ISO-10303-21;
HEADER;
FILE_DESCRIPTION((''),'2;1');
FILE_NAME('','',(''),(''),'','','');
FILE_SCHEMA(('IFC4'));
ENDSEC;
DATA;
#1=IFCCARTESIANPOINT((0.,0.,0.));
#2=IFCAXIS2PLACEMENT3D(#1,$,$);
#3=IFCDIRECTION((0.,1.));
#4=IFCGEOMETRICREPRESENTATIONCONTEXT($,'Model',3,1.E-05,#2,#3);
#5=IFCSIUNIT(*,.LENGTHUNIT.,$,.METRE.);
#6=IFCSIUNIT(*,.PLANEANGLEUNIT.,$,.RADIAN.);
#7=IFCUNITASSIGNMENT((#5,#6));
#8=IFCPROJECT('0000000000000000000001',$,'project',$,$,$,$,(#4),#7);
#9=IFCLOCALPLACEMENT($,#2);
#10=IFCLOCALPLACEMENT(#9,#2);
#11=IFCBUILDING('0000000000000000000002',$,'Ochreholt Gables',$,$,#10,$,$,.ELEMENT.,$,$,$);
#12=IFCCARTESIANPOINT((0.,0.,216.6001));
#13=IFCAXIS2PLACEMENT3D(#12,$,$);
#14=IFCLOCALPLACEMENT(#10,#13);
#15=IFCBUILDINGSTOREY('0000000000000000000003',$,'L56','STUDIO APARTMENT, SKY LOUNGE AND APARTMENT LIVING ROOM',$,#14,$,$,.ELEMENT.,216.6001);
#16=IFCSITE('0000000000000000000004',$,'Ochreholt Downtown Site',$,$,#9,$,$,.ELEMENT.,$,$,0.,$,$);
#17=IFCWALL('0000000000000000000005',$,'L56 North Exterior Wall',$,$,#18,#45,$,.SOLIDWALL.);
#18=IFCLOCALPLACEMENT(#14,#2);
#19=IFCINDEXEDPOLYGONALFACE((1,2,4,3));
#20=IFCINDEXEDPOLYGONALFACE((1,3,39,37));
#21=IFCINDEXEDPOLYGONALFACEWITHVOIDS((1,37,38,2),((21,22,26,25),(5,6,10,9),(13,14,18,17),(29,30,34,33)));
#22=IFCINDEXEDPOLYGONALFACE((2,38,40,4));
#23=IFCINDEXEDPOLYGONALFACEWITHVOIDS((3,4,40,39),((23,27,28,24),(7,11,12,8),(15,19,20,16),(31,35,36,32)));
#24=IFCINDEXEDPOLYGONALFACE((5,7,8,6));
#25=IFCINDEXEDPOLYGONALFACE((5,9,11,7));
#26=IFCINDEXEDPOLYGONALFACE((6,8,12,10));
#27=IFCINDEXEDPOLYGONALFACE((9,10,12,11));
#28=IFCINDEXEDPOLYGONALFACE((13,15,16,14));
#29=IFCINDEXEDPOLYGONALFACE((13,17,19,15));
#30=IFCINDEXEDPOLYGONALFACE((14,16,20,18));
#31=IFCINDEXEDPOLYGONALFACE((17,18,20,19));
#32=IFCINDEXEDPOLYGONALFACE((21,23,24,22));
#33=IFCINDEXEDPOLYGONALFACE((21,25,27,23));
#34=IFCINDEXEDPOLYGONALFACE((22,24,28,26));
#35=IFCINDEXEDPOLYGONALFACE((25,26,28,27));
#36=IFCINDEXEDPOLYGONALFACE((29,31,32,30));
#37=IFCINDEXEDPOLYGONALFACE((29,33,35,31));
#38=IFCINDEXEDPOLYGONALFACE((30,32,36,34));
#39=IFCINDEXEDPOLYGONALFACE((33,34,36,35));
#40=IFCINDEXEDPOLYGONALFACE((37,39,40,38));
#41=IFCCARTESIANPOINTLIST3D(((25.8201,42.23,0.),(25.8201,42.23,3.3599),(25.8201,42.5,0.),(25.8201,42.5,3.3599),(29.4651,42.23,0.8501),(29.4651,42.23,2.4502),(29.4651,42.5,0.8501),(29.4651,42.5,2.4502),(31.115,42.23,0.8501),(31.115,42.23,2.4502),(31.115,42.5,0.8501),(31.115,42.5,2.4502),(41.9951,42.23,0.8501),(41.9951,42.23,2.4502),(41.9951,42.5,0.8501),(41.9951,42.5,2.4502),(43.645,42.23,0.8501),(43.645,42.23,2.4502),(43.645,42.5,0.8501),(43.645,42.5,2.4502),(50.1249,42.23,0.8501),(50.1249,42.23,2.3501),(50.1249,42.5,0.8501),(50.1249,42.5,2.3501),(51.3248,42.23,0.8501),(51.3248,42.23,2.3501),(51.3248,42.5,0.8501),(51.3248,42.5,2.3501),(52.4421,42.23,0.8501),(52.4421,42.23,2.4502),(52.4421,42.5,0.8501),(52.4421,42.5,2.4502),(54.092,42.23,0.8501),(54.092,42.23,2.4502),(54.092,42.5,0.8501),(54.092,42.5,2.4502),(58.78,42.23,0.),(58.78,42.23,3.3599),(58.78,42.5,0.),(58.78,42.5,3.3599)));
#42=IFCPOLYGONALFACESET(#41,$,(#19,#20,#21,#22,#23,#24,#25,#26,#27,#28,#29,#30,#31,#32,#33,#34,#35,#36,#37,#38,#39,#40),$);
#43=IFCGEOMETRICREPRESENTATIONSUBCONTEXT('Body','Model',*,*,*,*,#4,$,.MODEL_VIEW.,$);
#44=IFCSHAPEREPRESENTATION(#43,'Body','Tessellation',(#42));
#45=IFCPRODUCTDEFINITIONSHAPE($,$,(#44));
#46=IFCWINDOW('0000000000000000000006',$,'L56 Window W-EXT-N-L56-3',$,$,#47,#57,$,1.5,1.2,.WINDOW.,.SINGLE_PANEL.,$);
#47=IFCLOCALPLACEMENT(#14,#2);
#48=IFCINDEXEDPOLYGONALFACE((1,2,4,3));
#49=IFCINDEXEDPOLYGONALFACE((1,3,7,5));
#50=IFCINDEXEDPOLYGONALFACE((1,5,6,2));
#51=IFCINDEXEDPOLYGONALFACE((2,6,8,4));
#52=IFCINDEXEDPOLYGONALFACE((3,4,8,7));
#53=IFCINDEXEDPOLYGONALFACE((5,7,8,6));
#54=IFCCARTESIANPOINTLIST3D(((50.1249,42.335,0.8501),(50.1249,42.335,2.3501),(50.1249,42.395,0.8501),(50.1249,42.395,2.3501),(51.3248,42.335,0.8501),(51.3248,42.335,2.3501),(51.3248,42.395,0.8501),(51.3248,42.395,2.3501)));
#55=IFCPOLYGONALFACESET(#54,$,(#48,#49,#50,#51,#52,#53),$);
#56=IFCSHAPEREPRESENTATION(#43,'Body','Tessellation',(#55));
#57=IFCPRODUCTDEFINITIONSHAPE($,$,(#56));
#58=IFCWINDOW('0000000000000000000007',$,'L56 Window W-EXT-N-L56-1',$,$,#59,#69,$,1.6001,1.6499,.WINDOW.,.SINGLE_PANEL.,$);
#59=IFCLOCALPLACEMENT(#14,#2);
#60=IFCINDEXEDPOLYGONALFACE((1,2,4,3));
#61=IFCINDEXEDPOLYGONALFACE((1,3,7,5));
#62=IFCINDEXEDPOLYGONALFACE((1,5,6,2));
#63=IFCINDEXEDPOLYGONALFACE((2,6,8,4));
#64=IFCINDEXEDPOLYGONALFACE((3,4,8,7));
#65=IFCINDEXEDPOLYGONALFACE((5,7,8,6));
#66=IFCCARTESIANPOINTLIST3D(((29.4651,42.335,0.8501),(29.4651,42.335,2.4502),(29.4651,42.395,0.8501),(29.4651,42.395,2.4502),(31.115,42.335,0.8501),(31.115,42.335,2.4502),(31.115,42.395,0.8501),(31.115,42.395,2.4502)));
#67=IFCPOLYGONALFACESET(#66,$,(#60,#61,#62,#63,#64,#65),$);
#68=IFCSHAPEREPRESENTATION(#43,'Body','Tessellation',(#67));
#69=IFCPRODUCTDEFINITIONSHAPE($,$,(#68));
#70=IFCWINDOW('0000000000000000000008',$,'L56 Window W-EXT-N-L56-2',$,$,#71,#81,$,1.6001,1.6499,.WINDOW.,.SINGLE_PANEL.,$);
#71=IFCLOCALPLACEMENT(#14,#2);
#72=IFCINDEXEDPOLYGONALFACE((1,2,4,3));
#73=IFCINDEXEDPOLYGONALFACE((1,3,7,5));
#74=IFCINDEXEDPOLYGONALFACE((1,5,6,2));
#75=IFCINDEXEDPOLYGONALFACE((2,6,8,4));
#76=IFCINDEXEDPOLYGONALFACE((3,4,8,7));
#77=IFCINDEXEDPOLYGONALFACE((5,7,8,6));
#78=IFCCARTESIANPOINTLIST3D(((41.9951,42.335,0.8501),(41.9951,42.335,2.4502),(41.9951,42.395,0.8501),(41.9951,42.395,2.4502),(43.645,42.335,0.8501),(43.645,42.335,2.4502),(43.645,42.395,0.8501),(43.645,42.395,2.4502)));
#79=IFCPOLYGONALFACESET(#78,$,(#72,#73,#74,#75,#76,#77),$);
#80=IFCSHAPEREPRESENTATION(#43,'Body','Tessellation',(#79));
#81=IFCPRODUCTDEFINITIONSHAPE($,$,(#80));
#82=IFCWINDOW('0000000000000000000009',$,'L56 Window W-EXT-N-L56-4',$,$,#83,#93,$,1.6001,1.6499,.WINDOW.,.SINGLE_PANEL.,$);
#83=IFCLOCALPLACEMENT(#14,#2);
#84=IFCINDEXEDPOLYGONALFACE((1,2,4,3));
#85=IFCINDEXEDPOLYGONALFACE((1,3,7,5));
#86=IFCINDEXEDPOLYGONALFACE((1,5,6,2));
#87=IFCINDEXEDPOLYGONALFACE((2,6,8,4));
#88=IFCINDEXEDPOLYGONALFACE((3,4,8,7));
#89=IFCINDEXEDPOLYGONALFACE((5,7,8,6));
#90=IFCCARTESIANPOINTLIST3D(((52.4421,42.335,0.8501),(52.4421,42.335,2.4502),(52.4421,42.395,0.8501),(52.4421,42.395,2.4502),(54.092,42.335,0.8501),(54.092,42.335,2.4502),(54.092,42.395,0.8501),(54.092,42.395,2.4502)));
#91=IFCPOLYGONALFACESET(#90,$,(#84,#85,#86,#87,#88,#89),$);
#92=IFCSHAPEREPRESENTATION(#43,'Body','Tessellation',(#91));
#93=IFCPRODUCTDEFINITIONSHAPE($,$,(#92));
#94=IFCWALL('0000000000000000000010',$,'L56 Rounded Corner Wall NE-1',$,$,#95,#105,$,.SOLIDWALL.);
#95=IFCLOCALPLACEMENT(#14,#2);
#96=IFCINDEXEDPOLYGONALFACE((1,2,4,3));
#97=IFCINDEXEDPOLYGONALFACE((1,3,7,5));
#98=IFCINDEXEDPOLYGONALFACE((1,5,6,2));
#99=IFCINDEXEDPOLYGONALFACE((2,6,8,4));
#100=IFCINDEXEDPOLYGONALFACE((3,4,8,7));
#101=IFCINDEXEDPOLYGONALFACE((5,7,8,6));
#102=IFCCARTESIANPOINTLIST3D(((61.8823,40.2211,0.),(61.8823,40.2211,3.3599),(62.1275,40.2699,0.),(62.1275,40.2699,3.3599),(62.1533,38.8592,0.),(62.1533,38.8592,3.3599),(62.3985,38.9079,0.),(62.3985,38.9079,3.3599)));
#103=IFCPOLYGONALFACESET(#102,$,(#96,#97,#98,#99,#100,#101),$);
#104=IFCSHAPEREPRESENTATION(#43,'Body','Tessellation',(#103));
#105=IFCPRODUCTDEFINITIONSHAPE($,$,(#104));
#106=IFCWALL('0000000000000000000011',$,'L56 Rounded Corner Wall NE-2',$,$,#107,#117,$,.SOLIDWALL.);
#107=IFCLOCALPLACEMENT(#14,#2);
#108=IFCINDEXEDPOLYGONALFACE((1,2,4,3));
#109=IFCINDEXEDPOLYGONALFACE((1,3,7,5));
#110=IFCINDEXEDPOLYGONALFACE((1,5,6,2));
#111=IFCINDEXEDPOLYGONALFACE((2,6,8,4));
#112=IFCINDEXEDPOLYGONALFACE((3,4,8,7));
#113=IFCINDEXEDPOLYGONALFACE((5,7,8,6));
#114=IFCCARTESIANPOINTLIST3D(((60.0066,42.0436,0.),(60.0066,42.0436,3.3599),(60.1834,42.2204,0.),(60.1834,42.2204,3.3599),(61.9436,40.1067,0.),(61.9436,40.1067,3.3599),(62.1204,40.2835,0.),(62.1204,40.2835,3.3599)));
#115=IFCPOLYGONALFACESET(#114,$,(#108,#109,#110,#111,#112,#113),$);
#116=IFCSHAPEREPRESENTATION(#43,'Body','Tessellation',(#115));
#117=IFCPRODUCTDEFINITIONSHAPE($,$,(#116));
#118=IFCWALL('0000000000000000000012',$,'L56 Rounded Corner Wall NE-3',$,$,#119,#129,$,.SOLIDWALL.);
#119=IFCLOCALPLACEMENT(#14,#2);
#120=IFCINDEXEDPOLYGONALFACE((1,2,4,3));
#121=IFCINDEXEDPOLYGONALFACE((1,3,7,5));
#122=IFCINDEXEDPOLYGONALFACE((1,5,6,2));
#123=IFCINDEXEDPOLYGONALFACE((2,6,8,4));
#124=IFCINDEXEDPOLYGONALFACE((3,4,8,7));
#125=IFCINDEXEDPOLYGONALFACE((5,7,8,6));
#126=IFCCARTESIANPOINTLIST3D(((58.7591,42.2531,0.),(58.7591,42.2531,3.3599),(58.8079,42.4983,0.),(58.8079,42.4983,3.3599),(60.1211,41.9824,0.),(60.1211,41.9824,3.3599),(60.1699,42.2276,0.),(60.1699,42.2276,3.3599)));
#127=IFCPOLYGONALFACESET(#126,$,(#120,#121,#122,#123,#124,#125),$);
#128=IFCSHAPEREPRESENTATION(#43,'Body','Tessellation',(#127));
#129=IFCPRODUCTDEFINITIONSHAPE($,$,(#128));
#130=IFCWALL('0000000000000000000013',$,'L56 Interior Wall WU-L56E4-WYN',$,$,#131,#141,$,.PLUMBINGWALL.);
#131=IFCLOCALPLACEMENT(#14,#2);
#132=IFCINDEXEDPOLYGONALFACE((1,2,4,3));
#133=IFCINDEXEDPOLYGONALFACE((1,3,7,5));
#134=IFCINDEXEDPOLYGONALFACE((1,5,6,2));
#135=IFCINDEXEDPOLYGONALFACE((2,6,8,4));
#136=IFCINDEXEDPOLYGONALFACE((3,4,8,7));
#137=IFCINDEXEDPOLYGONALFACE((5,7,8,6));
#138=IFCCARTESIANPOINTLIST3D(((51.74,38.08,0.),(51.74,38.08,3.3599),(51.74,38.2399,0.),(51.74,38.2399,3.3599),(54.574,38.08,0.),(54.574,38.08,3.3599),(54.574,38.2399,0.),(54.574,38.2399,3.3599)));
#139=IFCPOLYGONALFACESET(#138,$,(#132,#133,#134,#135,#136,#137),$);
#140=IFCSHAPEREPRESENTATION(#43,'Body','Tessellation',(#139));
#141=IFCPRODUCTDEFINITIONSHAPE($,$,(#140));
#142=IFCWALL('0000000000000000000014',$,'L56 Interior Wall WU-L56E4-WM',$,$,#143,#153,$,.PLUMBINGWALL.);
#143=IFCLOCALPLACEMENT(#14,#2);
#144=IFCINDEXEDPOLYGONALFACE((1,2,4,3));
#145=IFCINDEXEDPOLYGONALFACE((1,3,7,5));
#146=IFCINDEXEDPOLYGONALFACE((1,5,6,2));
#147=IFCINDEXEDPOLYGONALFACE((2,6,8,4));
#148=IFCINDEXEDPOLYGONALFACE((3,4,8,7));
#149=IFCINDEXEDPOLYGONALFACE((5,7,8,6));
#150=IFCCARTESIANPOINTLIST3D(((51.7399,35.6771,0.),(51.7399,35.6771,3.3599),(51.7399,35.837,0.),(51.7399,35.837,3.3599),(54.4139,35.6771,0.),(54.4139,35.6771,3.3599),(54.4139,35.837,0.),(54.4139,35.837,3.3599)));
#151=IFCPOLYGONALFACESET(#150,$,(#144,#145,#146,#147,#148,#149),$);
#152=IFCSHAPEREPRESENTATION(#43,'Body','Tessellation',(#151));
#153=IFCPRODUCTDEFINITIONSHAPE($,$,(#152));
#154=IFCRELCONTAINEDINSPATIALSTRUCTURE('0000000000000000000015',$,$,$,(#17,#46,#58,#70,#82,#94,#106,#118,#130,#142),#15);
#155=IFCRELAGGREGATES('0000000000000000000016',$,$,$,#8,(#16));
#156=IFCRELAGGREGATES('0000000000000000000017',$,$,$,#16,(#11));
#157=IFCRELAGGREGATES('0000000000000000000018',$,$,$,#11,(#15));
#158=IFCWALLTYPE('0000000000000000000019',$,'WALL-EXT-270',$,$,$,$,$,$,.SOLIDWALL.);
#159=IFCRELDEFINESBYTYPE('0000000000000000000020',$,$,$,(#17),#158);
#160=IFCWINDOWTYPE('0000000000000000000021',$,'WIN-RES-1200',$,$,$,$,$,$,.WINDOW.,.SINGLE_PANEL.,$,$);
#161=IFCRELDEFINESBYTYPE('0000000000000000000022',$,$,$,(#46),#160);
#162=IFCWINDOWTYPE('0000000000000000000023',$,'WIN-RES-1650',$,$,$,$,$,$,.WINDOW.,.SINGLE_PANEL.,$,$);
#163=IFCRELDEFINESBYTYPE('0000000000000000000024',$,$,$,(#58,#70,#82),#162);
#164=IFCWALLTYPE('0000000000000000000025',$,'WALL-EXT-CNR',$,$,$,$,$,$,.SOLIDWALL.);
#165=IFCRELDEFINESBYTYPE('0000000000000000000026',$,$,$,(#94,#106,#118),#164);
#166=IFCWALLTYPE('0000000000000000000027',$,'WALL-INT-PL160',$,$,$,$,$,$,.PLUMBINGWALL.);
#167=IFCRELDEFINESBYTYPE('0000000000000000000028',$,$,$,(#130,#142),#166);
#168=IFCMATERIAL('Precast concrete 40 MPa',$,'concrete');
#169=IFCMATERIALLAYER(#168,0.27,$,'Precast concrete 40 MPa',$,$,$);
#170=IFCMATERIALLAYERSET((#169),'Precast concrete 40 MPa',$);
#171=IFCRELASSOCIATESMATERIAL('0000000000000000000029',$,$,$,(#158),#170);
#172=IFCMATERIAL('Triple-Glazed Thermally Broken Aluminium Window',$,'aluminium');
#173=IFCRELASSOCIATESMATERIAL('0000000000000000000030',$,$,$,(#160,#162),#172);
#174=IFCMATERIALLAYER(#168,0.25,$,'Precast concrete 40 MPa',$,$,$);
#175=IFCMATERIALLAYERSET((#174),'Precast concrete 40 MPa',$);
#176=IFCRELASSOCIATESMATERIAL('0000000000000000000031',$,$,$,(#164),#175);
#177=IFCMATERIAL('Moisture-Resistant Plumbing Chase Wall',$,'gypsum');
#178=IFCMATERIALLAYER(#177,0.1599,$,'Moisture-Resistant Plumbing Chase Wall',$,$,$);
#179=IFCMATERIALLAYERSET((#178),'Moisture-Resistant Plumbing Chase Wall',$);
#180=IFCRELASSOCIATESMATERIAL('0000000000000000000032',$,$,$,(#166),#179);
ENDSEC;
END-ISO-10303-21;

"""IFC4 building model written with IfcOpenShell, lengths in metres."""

from ifc_helpers import new_model, si_unit, direction, frame, frame_2d, origin, place, context, subcontext, project, spatial, rectangle, extrude, material, layer, layer_set, type_object, element, fill, save


model = new_model("IFC4")

# Units and contexts
model_context = context("Model", 3, precision=1e-05, world=origin(), true_north=direction((0.0, 1.0)))
body_context = subcontext(model_context, "Body", "Model", "MODEL_VIEW")
ifc_project = project(units=[si_unit("LENGTHUNIT", "METRE"), si_unit("PLANEANGLEUNIT", "RADIAN")], contexts=[model_context])

# Site, building, storey
site_placement = place(None, origin())
site = spatial("IfcSite", under=ifc_project, at=site_placement, Name="Ochreholt Downtown Site", CompositionType="ELEMENT", RefElevation=0.0)
building_placement = place(site_placement, origin())
building = spatial("IfcBuilding", under=site, at=building_placement, Name="Ochreholt Gables", CompositionType="ELEMENT")
storey_placement = place(building_placement, frame((0.0, 0.0, 216.6001)))
storey = spatial("IfcBuildingStorey", under=building, at=storey_placement, Name="L56", Description="STUDIO APARTMENT, SKY LOUNGE AND APARTMENT LIVING ROOM", CompositionType="ELEMENT", Elevation=216.6001)

# Wall, openings, windows
ifc_material_1 = material(Name="Precast concrete 40 MPa", Category="concrete")
ifc_layer_1 = layer(ifc_material_1, 0.27, Name="Precast concrete 40 MPa")
ifc_layer_set_1 = layer_set([ifc_layer_1], Name="Precast concrete 40 MPa")
wall_type_1 = type_object("IfcWallType", Name="WALL-EXT-270", PredefinedType="SOLIDWALL", material=ifc_layer_set_1)
wall_1_placement = place(storey_placement, frame((58.78, 42.365, 0.0), z_axis=(0.0, 0.0, 1.0), x_axis=(-1.0, 0.0, 0.0)))
wall_1 = element("IfcWall", 1, at=wall_1_placement, inside=storey, type_object=wall_type_1, Name="L56 North Exterior Wall", PredefinedType="SOLIDWALL", context=body_context, shape_type="SweptSolid", body=[
    extrude(rectangle(XDim=32.96, YDim=0.27, at=frame_2d((16.48, 0.0))), origin(), (0.0, 0.0, 1.0), 3.3599),
])
opening_1_placement = place(wall_1_placement, frame((27.665, 0.0, 0.8501)))
opening_1 = element("IfcOpeningElement", 2, at=opening_1_placement, cuts=wall_1, PredefinedType="OPENING", context=body_context, shape_type="SweptSolid", body=[
    extrude(rectangle(XDim=1.6499, YDim=1.6001, at=frame_2d((0.825, 0.8))), frame((0.0, 0.145, 0.0), z_axis=(0.0, -1.0, 0.0), x_axis=(1.0, 0.0, 0.0)), (0.0, 0.0, 1.0), 0.29),
])
opening_2_placement = place(wall_1_placement, frame((15.135, 0.0, 0.8501)))
opening_2 = element("IfcOpeningElement", 3, at=opening_2_placement, cuts=wall_1, PredefinedType="OPENING", context=body_context, shape_type="SweptSolid", body=[
    extrude(rectangle(XDim=1.6499, YDim=1.6001, at=frame_2d((0.825, 0.8))), frame((0.0, 0.145, 0.0), z_axis=(0.0, -1.0, 0.0), x_axis=(1.0, 0.0, 0.0)), (0.0, 0.0, 1.0), 0.29),
])
opening_3_placement = place(wall_1_placement, frame((7.4551, 0.0, 0.8501)))
opening_3 = element("IfcOpeningElement", 4, at=opening_3_placement, cuts=wall_1, PredefinedType="OPENING", context=body_context, shape_type="SweptSolid", body=[
    extrude(rectangle(XDim=1.2, YDim=1.5, at=frame_2d((0.6001, 0.75))), frame((0.0, 0.145, 0.0), z_axis=(0.0, -1.0, 0.0), x_axis=(1.0, 0.0, 0.0)), (0.0, 0.0, 1.0), 0.29),
])
opening_4_placement = place(wall_1_placement, frame((4.688, 0.0, 0.8501)))
opening_4 = element("IfcOpeningElement", 5, at=opening_4_placement, cuts=wall_1, PredefinedType="OPENING", context=body_context, shape_type="SweptSolid", body=[
    extrude(rectangle(XDim=1.6499, YDim=1.6001, at=frame_2d((0.825, 0.8))), frame((0.0, 0.145, 0.0), z_axis=(0.0, -1.0, 0.0), x_axis=(1.0, 0.0, 0.0)), (0.0, 0.0, 1.0), 0.29),
])
ifc_material_2 = material(Name="Triple-Glazed Thermally Broken Aluminium Window", Category="aluminium")
window_type_1 = type_object("IfcWindowType", Name="WIN-RES-1200", PartitioningType="SINGLE_PANEL", PredefinedType="WINDOW", material=ifc_material_2)
window_1_placement = place(opening_3_placement, origin())
window_1 = element("IfcWindow", 6, at=window_1_placement, inside=storey, type_object=window_type_1, Name="L56 Window W-EXT-N-L56-3", OverallHeight=1.5, OverallWidth=1.2, PartitioningType="SINGLE_PANEL", PredefinedType="WINDOW", context=body_context, shape_type="SweptSolid", body=[
    extrude(rectangle(XDim=1.2, YDim=1.5, at=frame_2d((0.6001, 0.75))), frame((0.0, 0.03, 0.0), z_axis=(0.0, -1.0, 0.0), x_axis=(1.0, 0.0, 0.0)), (0.0, 0.0, 1.0), 0.0601),
])
fill(opening_3, window_1)
window_type_2 = type_object("IfcWindowType", Name="WIN-RES-1650", PartitioningType="SINGLE_PANEL", PredefinedType="WINDOW", material=ifc_material_2)
window_2_placement = place(opening_1_placement, origin())
window_2 = element("IfcWindow", 7, at=window_2_placement, inside=storey, type_object=window_type_2, Name="L56 Window W-EXT-N-L56-1", OverallHeight=1.6001, OverallWidth=1.6499, PartitioningType="SINGLE_PANEL", PredefinedType="WINDOW", context=body_context, shape_type="SweptSolid", body=[
    extrude(rectangle(XDim=1.6499, YDim=1.6001, at=frame_2d((0.825, 0.8))), frame((0.0, 0.03, 0.0), z_axis=(0.0, -1.0, 0.0), x_axis=(1.0, 0.0, 0.0)), (0.0, 0.0, 1.0), 0.0601),
])
fill(opening_1, window_2)
window_3_placement = place(opening_2_placement, origin())
window_3 = element("IfcWindow", 8, at=window_3_placement, inside=storey, type_object=window_type_2, Name="L56 Window W-EXT-N-L56-2", OverallHeight=1.6001, OverallWidth=1.6499, PartitioningType="SINGLE_PANEL", PredefinedType="WINDOW", context=body_context, shape_type="SweptSolid", body=[
    extrude(rectangle(XDim=1.6499, YDim=1.6001, at=frame_2d((0.825, 0.8))), frame((0.0, 0.03, 0.0), z_axis=(0.0, -1.0, 0.0), x_axis=(1.0, 0.0, 0.0)), (0.0, 0.0, 1.0), 0.0601),
])
fill(opening_2, window_3)
window_4_placement = place(opening_4_placement, origin())
window_4 = element("IfcWindow", 9, at=window_4_placement, inside=storey, type_object=window_type_2, Name="L56 Window W-EXT-N-L56-4", OverallHeight=1.6001, OverallWidth=1.6499, PartitioningType="SINGLE_PANEL", PredefinedType="WINDOW", context=body_context, shape_type="SweptSolid", body=[
    extrude(rectangle(XDim=1.6499, YDim=1.6001, at=frame_2d((0.825, 0.8))), frame((0.0, 0.03, 0.0), z_axis=(0.0, -1.0, 0.0), x_axis=(1.0, 0.0, 0.0)), (0.0, 0.0, 1.0), 0.0601),
])
fill(opening_4, window_4)

# Walls
ifc_layer_2 = layer(ifc_material_1, 0.25, Name="Precast concrete 40 MPa")
ifc_layer_set_2 = layer_set([ifc_layer_2], Name="Precast concrete 40 MPa")
wall_type_2 = type_object("IfcWallType", Name="WALL-EXT-CNR", PredefinedType="SOLIDWALL", material=ifc_layer_set_2)
wall_2_placement = place(storey_placement, frame((62.2759, 38.8835, 0.0), z_axis=(0.0, 0.0, 1.0), x_axis=(-0.195136, 0.980776, 0.0)))
element("IfcWall", 10, at=wall_2_placement, inside=storey, type_object=wall_type_2, Name="L56 Rounded Corner Wall NE-1", PredefinedType="SOLIDWALL", context=body_context, shape_type="SweptSolid", body=[
    extrude(rectangle(XDim=1.3887, YDim=0.25, at=frame_2d((0.6943, 0.0))), origin(), (0.0, 0.0, 1.0), 3.3599),
])
wall_3_placement = place(storey_placement, frame((62.032, 40.1951, 0.0), z_axis=(0.0, 0.0, 1.0), x_axis=(-0.707107, 0.707107, 0.0)))
element("IfcWall", 11, at=wall_3_placement, inside=storey, type_object=wall_type_2, Name="L56 Rounded Corner Wall NE-2", PredefinedType="SOLIDWALL", context=body_context, shape_type="SweptSolid", body=[
    extrude(rectangle(XDim=2.7393, YDim=0.25, at=frame_2d((1.3696, 0.0))), origin(), (0.0, 0.0, 1.0), 3.3599),
])
wall_4_placement = place(storey_placement, frame((60.1455, 42.105, 0.0), z_axis=(0.0, 0.0, 1.0), x_axis=(-0.98081, 0.194967, 0.0)))
element("IfcWall", 12, at=wall_4_placement, inside=storey, type_object=wall_type_2, Name="L56 Rounded Corner Wall NE-3", PredefinedType="SOLIDWALL", context=body_context, shape_type="SweptSolid", body=[
    extrude(rectangle(XDim=1.3887, YDim=0.25, at=frame_2d((0.6943, 0.0))), origin(), (0.0, 0.0, 1.0), 3.3599),
])
ifc_material_3 = material(Name="Moisture-Resistant Plumbing Chase Wall", Category="gypsum")
ifc_layer_3 = layer(ifc_material_3, 0.1599, Name="Moisture-Resistant Plumbing Chase Wall")
ifc_layer_set_3 = layer_set([ifc_layer_3], Name="Moisture-Resistant Plumbing Chase Wall")
wall_type_3 = type_object("IfcWallType", Name="WALL-INT-PL160", PredefinedType="PLUMBINGWALL", material=ifc_layer_set_3)
wall_5_placement = place(storey_placement, frame((51.74, 38.1599, 0.0), z_axis=(0.0, 0.0, 1.0), x_axis=(1.0, 0.0, 0.0)))
element("IfcWall", 13, at=wall_5_placement, inside=storey, type_object=wall_type_3, Name="L56 Interior Wall WU-L56E4-WYN", PredefinedType="PLUMBINGWALL", context=body_context, shape_type="SweptSolid", body=[
    extrude(rectangle(XDim=2.834, YDim=0.1599, at=frame_2d((1.417, 0.0))), origin(), (0.0, 0.0, 1.0), 3.3599),
])
wall_6_placement = place(storey_placement, frame((51.74, 35.7571, 0.0), z_axis=(0.0, 0.0, 1.0), x_axis=(1.0, 0.0, 0.0)))
element("IfcWall", 14, at=wall_6_placement, inside=storey, type_object=wall_type_3, Name="L56 Interior Wall WU-L56E4-WM", PredefinedType="PLUMBINGWALL", context=body_context, shape_type="SweptSolid", body=[
    extrude(rectangle(XDim=2.6741, YDim=0.1599, at=frame_2d((1.3369, 0.0))), origin(), (0.0, 0.0, 1.0), 3.3599),
])

save(model, "model.ifc")
